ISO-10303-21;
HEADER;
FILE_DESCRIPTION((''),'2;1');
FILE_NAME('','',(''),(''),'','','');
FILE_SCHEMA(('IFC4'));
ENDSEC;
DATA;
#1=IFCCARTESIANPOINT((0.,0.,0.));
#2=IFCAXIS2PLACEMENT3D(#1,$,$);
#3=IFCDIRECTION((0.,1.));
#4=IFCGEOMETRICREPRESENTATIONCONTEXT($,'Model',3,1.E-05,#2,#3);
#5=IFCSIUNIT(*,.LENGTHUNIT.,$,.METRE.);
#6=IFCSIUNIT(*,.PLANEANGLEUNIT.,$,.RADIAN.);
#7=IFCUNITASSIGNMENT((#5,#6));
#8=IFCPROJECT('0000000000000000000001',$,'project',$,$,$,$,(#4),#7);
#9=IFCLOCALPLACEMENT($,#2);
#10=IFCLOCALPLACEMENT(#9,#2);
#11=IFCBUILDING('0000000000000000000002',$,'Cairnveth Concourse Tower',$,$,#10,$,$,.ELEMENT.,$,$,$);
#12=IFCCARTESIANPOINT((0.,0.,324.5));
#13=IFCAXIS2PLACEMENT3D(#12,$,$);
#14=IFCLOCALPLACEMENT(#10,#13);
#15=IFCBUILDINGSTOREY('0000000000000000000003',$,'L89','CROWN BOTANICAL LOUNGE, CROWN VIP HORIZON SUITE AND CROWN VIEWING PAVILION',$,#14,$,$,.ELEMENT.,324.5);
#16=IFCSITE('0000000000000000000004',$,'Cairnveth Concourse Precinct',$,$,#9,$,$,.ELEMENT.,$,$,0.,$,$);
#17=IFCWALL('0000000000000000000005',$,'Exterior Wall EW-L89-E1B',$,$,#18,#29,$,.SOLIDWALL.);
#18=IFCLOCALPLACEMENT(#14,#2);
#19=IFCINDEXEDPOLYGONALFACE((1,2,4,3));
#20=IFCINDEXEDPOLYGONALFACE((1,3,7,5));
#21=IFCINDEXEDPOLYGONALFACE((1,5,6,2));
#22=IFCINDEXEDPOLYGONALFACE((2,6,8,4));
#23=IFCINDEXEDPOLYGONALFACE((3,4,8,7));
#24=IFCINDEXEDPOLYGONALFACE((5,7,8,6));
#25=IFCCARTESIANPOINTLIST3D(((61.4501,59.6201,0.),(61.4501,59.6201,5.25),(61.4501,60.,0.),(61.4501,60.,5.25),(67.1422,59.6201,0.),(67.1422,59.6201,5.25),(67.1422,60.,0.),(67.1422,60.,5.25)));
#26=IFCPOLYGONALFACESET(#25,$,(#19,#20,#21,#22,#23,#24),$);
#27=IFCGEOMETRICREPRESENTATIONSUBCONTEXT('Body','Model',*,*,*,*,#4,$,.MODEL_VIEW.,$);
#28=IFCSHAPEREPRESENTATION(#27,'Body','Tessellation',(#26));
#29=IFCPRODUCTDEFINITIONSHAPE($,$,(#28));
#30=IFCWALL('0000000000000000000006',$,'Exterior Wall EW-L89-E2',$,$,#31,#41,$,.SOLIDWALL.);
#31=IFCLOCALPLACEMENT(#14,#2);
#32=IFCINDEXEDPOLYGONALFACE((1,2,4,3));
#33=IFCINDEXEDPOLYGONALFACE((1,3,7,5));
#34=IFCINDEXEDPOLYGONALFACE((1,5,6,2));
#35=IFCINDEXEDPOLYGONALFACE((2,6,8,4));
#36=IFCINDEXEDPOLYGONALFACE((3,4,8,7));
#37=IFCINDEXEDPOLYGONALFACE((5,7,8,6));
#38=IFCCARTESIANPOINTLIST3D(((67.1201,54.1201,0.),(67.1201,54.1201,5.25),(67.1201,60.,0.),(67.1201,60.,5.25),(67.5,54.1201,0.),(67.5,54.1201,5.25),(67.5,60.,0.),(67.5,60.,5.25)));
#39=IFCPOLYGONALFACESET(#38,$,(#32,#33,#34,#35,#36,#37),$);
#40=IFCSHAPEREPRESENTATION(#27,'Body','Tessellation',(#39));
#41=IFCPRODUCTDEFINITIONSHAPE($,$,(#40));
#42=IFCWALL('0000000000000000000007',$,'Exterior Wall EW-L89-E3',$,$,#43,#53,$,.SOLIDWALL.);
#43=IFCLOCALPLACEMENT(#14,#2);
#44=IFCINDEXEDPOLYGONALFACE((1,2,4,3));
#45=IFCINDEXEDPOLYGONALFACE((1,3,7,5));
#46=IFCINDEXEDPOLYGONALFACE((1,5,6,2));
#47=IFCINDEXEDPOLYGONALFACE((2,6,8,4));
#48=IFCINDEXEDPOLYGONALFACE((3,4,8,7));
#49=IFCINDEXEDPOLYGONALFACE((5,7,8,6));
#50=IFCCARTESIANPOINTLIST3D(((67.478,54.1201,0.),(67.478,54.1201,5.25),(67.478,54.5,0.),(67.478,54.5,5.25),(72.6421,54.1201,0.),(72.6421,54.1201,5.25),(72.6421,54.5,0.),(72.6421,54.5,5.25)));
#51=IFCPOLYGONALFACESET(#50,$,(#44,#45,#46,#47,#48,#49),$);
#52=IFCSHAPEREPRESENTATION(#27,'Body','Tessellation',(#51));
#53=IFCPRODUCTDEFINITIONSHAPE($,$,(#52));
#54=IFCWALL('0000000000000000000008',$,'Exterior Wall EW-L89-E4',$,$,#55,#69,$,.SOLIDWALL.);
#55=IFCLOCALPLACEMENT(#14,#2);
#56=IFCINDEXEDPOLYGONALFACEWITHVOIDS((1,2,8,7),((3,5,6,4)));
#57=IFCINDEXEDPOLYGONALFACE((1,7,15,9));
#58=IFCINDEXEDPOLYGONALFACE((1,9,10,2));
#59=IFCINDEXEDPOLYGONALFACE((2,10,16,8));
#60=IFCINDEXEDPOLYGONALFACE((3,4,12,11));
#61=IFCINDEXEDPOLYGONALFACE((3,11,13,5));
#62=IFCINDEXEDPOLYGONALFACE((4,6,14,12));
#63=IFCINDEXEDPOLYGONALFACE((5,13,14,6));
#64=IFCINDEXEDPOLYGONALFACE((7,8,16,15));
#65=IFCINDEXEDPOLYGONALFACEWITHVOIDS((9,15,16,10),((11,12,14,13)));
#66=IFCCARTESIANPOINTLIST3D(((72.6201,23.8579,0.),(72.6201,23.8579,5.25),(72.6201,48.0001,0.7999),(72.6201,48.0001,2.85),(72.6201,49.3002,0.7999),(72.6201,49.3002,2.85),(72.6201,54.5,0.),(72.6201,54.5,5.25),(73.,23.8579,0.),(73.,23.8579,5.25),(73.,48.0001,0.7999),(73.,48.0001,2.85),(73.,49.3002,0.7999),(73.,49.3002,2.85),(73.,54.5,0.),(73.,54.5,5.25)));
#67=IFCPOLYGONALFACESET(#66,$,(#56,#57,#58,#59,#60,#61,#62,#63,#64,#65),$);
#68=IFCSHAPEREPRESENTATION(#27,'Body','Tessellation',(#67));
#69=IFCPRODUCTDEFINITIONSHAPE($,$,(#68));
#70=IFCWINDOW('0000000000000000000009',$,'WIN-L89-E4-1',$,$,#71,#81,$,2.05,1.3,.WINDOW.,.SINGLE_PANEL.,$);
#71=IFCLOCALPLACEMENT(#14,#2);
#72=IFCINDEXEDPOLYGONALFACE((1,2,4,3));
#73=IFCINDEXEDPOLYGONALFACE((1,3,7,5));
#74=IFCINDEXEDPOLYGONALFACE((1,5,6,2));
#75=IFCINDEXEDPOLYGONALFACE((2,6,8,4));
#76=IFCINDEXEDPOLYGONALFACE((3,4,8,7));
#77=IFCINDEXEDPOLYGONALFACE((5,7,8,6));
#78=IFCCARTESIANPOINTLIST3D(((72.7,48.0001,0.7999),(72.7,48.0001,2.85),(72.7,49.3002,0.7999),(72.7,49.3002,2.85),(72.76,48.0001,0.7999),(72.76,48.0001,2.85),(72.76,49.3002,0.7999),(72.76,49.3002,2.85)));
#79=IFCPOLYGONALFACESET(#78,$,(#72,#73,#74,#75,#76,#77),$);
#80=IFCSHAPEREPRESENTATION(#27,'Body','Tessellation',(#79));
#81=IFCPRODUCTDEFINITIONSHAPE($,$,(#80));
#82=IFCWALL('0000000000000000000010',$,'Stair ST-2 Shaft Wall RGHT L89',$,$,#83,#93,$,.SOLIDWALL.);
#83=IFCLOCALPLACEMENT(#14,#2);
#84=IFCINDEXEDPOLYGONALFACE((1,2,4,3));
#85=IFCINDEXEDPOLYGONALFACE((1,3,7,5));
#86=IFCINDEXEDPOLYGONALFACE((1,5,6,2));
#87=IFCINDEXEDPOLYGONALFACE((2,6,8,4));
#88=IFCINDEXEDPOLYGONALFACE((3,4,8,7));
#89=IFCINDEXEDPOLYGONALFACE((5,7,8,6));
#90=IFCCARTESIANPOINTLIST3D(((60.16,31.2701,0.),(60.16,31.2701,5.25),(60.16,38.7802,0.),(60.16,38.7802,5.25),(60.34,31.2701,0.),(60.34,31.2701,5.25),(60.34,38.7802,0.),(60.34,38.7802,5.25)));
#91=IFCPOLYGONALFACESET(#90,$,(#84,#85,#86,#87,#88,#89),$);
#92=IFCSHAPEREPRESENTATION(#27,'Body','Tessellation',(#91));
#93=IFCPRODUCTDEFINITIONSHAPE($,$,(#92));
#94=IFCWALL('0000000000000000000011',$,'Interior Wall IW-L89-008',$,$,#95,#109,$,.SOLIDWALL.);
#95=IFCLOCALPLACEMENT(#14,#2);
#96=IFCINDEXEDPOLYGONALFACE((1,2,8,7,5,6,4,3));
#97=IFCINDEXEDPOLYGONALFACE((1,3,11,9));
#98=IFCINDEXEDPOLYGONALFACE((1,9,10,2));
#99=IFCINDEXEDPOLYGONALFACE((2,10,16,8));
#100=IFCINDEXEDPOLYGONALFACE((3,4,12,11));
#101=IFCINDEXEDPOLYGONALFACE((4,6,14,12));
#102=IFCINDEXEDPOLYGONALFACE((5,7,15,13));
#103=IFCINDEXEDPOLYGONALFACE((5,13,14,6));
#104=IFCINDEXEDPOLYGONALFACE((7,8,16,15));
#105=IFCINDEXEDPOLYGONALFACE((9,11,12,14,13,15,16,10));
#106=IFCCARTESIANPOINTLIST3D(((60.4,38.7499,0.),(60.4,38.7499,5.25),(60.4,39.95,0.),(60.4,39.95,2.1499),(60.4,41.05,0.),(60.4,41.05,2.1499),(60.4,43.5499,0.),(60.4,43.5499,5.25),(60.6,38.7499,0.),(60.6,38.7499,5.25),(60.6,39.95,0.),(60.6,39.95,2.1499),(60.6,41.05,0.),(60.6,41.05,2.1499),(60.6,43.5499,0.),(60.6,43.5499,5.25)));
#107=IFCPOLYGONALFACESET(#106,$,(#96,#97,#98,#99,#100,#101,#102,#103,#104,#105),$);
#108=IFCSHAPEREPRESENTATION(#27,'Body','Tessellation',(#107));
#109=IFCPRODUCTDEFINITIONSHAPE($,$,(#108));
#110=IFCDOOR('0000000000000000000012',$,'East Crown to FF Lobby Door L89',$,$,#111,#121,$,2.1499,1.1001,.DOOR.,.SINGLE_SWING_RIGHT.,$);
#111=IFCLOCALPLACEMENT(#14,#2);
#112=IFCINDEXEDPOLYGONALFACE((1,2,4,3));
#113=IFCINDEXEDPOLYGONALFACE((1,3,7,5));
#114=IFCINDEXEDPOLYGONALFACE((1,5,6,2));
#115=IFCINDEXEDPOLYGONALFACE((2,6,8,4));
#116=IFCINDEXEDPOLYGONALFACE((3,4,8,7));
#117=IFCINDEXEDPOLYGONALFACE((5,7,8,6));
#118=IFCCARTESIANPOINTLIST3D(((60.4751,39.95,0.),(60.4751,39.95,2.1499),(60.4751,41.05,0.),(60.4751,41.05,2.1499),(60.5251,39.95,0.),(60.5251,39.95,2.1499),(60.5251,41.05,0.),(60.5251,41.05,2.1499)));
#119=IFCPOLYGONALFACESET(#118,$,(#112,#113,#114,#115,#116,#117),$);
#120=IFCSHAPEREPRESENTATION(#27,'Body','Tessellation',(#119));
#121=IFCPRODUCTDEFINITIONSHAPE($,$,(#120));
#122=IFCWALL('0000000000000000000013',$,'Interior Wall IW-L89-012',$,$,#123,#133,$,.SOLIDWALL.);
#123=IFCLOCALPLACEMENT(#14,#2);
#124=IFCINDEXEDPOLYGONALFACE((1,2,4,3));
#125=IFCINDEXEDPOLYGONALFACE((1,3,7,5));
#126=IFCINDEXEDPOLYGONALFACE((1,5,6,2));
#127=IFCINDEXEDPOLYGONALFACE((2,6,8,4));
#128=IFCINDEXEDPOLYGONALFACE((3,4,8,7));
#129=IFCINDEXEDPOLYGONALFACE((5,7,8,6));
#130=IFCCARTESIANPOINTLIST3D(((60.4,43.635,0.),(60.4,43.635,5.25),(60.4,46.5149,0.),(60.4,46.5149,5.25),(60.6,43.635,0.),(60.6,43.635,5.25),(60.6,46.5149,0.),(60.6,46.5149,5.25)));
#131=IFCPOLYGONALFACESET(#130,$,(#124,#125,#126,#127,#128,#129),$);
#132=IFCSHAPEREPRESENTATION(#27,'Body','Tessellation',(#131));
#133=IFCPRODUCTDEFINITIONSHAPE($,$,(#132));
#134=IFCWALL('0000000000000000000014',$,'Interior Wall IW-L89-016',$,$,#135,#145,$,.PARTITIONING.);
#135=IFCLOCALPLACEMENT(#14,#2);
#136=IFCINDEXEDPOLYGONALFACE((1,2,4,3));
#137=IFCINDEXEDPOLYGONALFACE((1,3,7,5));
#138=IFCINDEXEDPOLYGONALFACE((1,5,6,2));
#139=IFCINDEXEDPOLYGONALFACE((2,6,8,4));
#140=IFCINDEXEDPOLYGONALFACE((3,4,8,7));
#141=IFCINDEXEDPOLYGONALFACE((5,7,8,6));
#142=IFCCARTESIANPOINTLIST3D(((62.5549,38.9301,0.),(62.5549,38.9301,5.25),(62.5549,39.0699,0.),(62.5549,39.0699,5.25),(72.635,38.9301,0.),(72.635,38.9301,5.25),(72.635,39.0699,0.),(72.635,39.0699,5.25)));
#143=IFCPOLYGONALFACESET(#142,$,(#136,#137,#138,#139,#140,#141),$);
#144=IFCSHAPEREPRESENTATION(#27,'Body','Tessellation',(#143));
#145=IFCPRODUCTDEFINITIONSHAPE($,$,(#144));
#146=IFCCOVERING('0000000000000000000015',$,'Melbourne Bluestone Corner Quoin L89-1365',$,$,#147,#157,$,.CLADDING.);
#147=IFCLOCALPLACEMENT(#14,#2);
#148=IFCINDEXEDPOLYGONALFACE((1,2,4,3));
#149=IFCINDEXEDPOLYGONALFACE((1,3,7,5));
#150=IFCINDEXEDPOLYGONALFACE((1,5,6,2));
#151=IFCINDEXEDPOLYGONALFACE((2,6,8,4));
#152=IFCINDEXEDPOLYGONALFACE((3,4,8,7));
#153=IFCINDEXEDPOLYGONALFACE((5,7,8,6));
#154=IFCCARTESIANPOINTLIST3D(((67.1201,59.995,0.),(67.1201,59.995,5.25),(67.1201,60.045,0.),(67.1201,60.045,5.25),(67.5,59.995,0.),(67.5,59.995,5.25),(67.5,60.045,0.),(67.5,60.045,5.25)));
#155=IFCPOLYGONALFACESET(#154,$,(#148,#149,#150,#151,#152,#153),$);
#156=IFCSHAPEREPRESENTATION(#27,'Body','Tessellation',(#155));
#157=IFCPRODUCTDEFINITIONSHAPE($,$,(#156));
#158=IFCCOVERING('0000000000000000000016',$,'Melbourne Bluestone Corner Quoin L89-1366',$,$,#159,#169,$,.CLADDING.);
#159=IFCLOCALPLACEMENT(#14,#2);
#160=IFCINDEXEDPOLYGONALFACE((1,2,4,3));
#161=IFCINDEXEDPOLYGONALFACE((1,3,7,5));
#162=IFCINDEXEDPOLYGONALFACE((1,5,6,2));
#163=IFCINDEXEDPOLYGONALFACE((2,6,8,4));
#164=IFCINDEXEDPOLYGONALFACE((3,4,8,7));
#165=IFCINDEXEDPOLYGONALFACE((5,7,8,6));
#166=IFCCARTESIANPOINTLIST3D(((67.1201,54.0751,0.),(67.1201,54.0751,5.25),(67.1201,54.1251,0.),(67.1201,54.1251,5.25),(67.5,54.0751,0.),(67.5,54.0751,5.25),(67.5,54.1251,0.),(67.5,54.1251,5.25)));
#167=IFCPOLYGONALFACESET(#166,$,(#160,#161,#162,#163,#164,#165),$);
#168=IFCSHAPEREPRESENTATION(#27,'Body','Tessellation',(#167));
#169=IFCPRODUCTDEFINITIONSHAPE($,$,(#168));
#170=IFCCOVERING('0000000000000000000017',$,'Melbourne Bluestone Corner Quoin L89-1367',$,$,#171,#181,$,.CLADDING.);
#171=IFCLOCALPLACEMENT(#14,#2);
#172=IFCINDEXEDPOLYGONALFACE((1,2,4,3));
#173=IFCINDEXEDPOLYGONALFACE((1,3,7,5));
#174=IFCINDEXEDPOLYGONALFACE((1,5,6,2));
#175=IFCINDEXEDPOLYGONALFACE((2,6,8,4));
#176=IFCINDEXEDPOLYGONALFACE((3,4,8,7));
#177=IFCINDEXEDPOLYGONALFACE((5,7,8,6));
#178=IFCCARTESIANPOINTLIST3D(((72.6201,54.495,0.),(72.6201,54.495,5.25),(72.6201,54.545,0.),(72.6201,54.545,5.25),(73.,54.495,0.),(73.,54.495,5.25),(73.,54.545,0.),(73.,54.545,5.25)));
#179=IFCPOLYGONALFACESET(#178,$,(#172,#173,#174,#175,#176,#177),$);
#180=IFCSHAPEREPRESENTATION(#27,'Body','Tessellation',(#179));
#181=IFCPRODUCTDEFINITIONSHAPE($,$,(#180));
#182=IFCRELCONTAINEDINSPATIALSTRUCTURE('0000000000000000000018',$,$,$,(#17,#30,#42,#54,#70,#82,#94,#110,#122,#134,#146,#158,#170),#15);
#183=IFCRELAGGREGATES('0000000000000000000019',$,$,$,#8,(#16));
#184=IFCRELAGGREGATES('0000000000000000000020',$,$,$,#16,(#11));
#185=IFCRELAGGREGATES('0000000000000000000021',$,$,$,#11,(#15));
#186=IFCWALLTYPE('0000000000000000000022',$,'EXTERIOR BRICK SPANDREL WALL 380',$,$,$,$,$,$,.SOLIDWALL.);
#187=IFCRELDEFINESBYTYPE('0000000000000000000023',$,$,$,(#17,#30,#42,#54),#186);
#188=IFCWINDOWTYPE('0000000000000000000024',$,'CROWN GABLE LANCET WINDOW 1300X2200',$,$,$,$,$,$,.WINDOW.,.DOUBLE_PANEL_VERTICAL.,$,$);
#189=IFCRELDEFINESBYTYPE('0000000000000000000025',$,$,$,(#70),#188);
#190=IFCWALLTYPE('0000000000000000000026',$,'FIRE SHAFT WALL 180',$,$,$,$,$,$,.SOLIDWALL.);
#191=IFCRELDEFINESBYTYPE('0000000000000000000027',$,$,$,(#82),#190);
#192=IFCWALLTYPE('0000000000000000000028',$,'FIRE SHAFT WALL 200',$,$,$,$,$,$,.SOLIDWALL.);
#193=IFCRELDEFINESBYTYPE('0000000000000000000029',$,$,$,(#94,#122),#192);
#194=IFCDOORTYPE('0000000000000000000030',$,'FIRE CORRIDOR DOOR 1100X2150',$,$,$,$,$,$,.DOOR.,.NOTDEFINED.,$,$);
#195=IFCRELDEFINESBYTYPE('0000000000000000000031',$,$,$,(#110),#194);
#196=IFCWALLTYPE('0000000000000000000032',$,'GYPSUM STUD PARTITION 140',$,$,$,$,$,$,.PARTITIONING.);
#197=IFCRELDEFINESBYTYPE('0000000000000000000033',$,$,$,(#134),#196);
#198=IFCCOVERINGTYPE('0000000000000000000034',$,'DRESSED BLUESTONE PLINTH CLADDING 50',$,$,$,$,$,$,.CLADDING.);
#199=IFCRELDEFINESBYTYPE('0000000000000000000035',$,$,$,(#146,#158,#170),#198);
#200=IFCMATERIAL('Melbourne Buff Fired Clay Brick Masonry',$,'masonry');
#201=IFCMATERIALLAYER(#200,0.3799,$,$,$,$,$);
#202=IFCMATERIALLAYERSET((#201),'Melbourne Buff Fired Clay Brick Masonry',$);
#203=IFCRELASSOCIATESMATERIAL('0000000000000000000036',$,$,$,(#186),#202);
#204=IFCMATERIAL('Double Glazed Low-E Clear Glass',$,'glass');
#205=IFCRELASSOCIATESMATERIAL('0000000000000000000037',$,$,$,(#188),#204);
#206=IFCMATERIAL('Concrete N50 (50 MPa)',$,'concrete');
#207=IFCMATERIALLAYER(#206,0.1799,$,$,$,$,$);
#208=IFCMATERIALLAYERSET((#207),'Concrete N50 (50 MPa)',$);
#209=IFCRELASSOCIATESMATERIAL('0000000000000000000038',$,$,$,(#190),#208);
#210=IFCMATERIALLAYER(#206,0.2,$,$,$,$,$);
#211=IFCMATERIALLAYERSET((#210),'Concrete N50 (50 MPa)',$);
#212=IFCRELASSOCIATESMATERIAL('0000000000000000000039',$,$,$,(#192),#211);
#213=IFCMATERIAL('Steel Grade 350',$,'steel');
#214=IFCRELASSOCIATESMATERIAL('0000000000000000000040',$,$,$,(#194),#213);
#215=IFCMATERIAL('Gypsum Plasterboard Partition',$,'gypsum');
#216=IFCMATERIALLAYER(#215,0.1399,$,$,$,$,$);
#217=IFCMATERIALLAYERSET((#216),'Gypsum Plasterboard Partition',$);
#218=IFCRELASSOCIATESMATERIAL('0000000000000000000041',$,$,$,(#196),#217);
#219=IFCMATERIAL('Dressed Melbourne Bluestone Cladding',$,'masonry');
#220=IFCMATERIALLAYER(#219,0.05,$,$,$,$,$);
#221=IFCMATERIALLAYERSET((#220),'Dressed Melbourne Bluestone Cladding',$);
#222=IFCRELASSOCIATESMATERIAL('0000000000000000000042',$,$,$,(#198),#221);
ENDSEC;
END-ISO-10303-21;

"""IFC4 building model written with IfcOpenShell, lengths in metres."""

from ifc_helpers import new_model, si_unit, direction, frame, frame_2d, origin, place, context, subcontext, project, spatial, rectangle, extrude, material, layer, layer_set, type_object, element, fill, save


model = new_model("IFC4")

# Units and contexts
model_context = context("Model", 3, precision=1e-05, world=origin(), true_north=direction((0.0, 1.0)))
body_context = subcontext(model_context, "Body", "Model", "MODEL_VIEW")
ifc_project = project(units=[si_unit("LENGTHUNIT", "METRE"), si_unit("PLANEANGLEUNIT", "RADIAN")], contexts=[model_context])

# Site, building, storey
site_placement = place(None, origin())
site = spatial("IfcSite", under=ifc_project, at=site_placement, Name="Cairnveth Concourse Precinct", CompositionType="ELEMENT", RefElevation=0.0)
building_placement = place(site_placement, origin())
building = spatial("IfcBuilding", under=site, at=building_placement, Name="Cairnveth Concourse Tower", CompositionType="ELEMENT")
storey_placement = place(building_placement, frame((0.0, 0.0, 324.5)))
storey = spatial("IfcBuildingStorey", under=building, at=storey_placement, Name="L89", Description="CROWN BOTANICAL LOUNGE, CROWN VIP HORIZON SUITE AND CROWN VIEWING PAVILION", CompositionType="ELEMENT", Elevation=324.5)

# Shared definitions
ifc_material_1 = material(Name="Steel Grade 350", Category="steel")

# Shared definitions
ifc_material_2 = material(Name="Double Glazed Low-E Clear Glass", Category="glass")

# Walls
ifc_material_3 = material(Name="Melbourne Buff Fired Clay Brick Masonry", Category="masonry")
ifc_layer_1 = layer(ifc_material_3, 0.3799)
ifc_layer_set_1 = layer_set([ifc_layer_1], Name="Melbourne Buff Fired Clay Brick Masonry")
wall_type_1 = type_object("IfcWallType", Name="EXTERIOR BRICK SPANDREL WALL 380", PredefinedType="SOLIDWALL", material=ifc_layer_set_1)
wall_1_placement = place(storey_placement, frame((61.45, 59.8101, 0.0), z_axis=(0.0, 0.0, 1.0), x_axis=(1.0, 0.0, 0.0)))
element("IfcWall", 1, at=wall_1_placement, inside=storey, type_object=wall_type_1, Name="Exterior Wall EW-L89-E1B", PredefinedType="SOLIDWALL", context=body_context, shape_type="SweptSolid", body=[
    extrude(rectangle(XDim=5.6921, YDim=0.3799, at=frame_2d((2.8462, 0.0))), origin(), (0.0, 0.0, 1.0), 5.25),
])
wall_2_placement = place(storey_placement, frame((67.3101, 60.0, 0.0), z_axis=(0.0, 0.0, 1.0), x_axis=(0.0, -1.0, 0.0)))
element("IfcWall", 2, at=wall_2_placement, inside=storey, type_object=wall_type_1, Name="Exterior Wall EW-L89-E2", PredefinedType="SOLIDWALL", context=body_context, shape_type="SweptSolid", body=[
    extrude(rectangle(XDim=5.8799, YDim=0.3799, at=frame_2d((2.9399, 0.0))), origin(), (0.0, 0.0, 1.0), 5.25),
])
wall_3_placement = place(storey_placement, frame((67.478, 54.3101, 0.0), z_axis=(0.0, 0.0, 1.0), x_axis=(1.0, 0.0, 0.0)))
element("IfcWall", 3, at=wall_3_placement, inside=storey, type_object=wall_type_1, Name="Exterior Wall EW-L89-E3", PredefinedType="SOLIDWALL", context=body_context, shape_type="SweptSolid", body=[
    extrude(rectangle(XDim=5.1641, YDim=0.3799, at=frame_2d((2.582, 0.0))), origin(), (0.0, 0.0, 1.0), 5.25),
])

# Wall, opening, window
wall_4_placement = place(storey_placement, frame((72.8101, 54.5, 0.0), z_axis=(0.0, 0.0, 1.0), x_axis=(0.0, -1.0, 0.0)))
wall_4 = element("IfcWall", 4, at=wall_4_placement, inside=storey, type_object=wall_type_1, Name="Exterior Wall EW-L89-E4", PredefinedType="SOLIDWALL", context=body_context, shape_type="SweptSolid", body=[
    extrude(rectangle(XDim=30.6421, YDim=0.3799, at=frame_2d((15.321, 0.0))), origin(), (0.0, 0.0, 1.0), 5.25),
])
opening_1_placement = place(wall_4_placement, frame((5.2, 0.0, 0.8)))
opening_1 = element("IfcOpeningElement", 5, at=opening_1_placement, cuts=wall_4, PredefinedType="OPENING", context=body_context, shape_type="SweptSolid", body=[
    extrude(rectangle(XDim=1.3, YDim=2.05, at=frame_2d((0.6499, 1.0249))), frame((0.0, 0.2, 0.0), z_axis=(0.0, -1.0, 0.0), x_axis=(1.0, 0.0, 0.0)), (0.0, 0.0, 1.0), 0.3999),
])
window_type = type_object("IfcWindowType", Name="CROWN GABLE LANCET WINDOW 1300X2200", PartitioningType="DOUBLE_PANEL_VERTICAL", PredefinedType="WINDOW", material=ifc_material_2)
window_placement = place(opening_1_placement, origin())
window = element("IfcWindow", 6, at=window_placement, inside=storey, type_object=window_type, Name="WIN-L89-E4-1", OverallHeight=2.05, OverallWidth=1.3, PartitioningType="SINGLE_PANEL", PredefinedType="WINDOW", context=body_context, shape_type="SweptSolid", body=[
    extrude(rectangle(XDim=1.3, YDim=2.05, at=frame_2d((0.6499, 1.0249))), frame((0.0, -0.05, 0.0), z_axis=(0.0, -1.0, 0.0), x_axis=(1.0, 0.0, 0.0)), (0.0, 0.0, 1.0), 0.0601),
])
fill(opening_1, window)

# Wall
ifc_material_4 = material(Name="Concrete N50 (50 MPa)", Category="concrete")
ifc_layer_2 = layer(ifc_material_4, 0.1799)
ifc_layer_set_2 = layer_set([ifc_layer_2], Name="Concrete N50 (50 MPa)")
wall_type_2 = type_object("IfcWallType", Name="FIRE SHAFT WALL 180", PredefinedType="SOLIDWALL", material=ifc_layer_set_2)
wall_5_placement = place(storey_placement, frame((60.25, 38.78, 0.0), z_axis=(0.0, 0.0, 1.0), x_axis=(0.0, -1.0, 0.0)))
element("IfcWall", 7, at=wall_5_placement, inside=storey, type_object=wall_type_2, Name="Stair ST-2 Shaft Wall RGHT L89", PredefinedType="SOLIDWALL", context=body_context, shape_type="SweptSolid", body=[
    extrude(rectangle(XDim=7.51, YDim=0.1799, at=frame_2d((3.7549, 0.0))), origin(), (0.0, 0.0, 1.0), 5.25),
])

# Wall, opening, door
ifc_layer_3 = layer(ifc_material_4, 0.2)
ifc_layer_set_3 = layer_set([ifc_layer_3], Name="Concrete N50 (50 MPa)")
wall_type_3 = type_object("IfcWallType", Name="FIRE SHAFT WALL 200", PredefinedType="SOLIDWALL", material=ifc_layer_set_3)
wall_6_placement = place(storey_placement, frame((60.5, 38.75, 0.0), z_axis=(0.0, 0.0, 1.0), x_axis=(0.0, 1.0, 0.0)))
wall_6 = element("IfcWall", 8, at=wall_6_placement, inside=storey, type_object=wall_type_3, Name="Interior Wall IW-L89-008", PredefinedType="SOLIDWALL", context=body_context, shape_type="SweptSolid", body=[
    extrude(rectangle(XDim=4.8, YDim=0.2, at=frame_2d((2.3999, 0.0))), origin(), (0.0, 0.0, 1.0), 5.25),
])
opening_2_placement = place(wall_6_placement, frame((1.2, 0.0, 0.0)))
opening_2 = element("IfcOpeningElement", 9, at=opening_2_placement, cuts=wall_6, PredefinedType="OPENING", context=body_context, shape_type="SweptSolid", body=[
    extrude(rectangle(XDim=1.1001, YDim=2.1499, at=frame_2d((0.55, 1.075))), frame((0.0, 0.1099, 0.0), z_axis=(0.0, -1.0, 0.0), x_axis=(1.0, 0.0, 0.0)), (0.0, 0.0, 1.0), 0.22),
])
door_type = type_object("IfcDoorType", Name="FIRE CORRIDOR DOOR 1100X2150", OperationType="NOTDEFINED", PredefinedType="DOOR", material=ifc_material_1)
door_placement = place(opening_2_placement, origin())
door = element("IfcDoor", 10, at=door_placement, inside=storey, type_object=door_type, Name="East Crown to FF Lobby Door L89", OperationType="SINGLE_SWING_RIGHT", OverallHeight=2.1499, OverallWidth=1.1001, PredefinedType="DOOR", context=body_context, shape_type="SweptSolid", body=[
    extrude(rectangle(XDim=1.1001, YDim=2.1499, at=frame_2d((0.55, 1.075))), frame((0.0, 0.0249, 0.0), z_axis=(0.0, -1.0, 0.0), x_axis=(1.0, 0.0, 0.0)), (0.0, 0.0, 1.0), 0.05),
])
fill(opening_2, door)

# Walls
wall_7_placement = place(storey_placement, frame((60.5, 43.635, 0.0), z_axis=(0.0, 0.0, 1.0), x_axis=(0.0, 1.0, 0.0)))
element("IfcWall", 11, at=wall_7_placement, inside=storey, type_object=wall_type_3, Name="Interior Wall IW-L89-012", PredefinedType="SOLIDWALL", context=body_context, shape_type="SweptSolid", body=[
    extrude(rectangle(XDim=2.8799, YDim=0.2, at=frame_2d((1.4399, 0.0))), origin(), (0.0, 0.0, 1.0), 5.25),
])
ifc_material_5 = material(Name="Gypsum Plasterboard Partition", Category="gypsum")
ifc_layer_4 = layer(ifc_material_5, 0.1399)
ifc_layer_set_4 = layer_set([ifc_layer_4], Name="Gypsum Plasterboard Partition")
wall_type_4 = type_object("IfcWallType", Name="GYPSUM STUD PARTITION 140", PredefinedType="PARTITIONING", material=ifc_layer_set_4)
wall_8_placement = place(storey_placement, frame((62.5549, 39.0, 0.0), z_axis=(0.0, 0.0, 1.0), x_axis=(1.0, 0.0, 0.0)))
element("IfcWall", 12, at=wall_8_placement, inside=storey, type_object=wall_type_4, Name="Interior Wall IW-L89-016", PredefinedType="PARTITIONING", context=body_context, shape_type="SweptSolid", body=[
    extrude(rectangle(XDim=10.0801, YDim=0.1399, at=frame_2d((5.04, 0.0))), origin(), (0.0, 0.0, 1.0), 5.25),
])

# Coverings
ifc_material_6 = material(Name="Dressed Melbourne Bluestone Cladding", Category="masonry")
ifc_layer_5 = layer(ifc_material_6, 0.05)
ifc_layer_set_5 = layer_set([ifc_layer_5], Name="Dressed Melbourne Bluestone Cladding")
covering_type = type_object("IfcCoveringType", Name="DRESSED BLUESTONE PLINTH CLADDING 50", PredefinedType="CLADDING", material=ifc_layer_set_5)
for number, where, z_axis, x_axis, name in (
    (13, (67.1201, 60.02, 0.0), (0.0, 0.0, 1.0), (1.0, 0.0, 0.0), "Melbourne Bluestone Corner Quoin L89-1365"),
    (14, (67.1201, 54.1001, 0.0), (0.0, 0.0, 1.0), (1.0, 0.0, 0.0), "Melbourne Bluestone Corner Quoin L89-1366"),
    (15, (72.6201, 54.52, 0.0), (0.0, 0.0, 1.0), (1.0, 0.0, 0.0), "Melbourne Bluestone Corner Quoin L89-1367"),
):
    element("IfcCovering", number, at=place(storey_placement, frame(where, z_axis=z_axis, x_axis=x_axis)), inside=storey, type_object=covering_type, Name=name, PredefinedType="CLADDING", context=body_context, shape_type="SweptSolid", body=[
        extrude(rectangle(XDim=0.3799, YDim=0.05, at=frame_2d((0.1899, 0.0))), origin(), (0.0, 0.0, 1.0), 5.25),
    ])

save(model, "model.ifc")
